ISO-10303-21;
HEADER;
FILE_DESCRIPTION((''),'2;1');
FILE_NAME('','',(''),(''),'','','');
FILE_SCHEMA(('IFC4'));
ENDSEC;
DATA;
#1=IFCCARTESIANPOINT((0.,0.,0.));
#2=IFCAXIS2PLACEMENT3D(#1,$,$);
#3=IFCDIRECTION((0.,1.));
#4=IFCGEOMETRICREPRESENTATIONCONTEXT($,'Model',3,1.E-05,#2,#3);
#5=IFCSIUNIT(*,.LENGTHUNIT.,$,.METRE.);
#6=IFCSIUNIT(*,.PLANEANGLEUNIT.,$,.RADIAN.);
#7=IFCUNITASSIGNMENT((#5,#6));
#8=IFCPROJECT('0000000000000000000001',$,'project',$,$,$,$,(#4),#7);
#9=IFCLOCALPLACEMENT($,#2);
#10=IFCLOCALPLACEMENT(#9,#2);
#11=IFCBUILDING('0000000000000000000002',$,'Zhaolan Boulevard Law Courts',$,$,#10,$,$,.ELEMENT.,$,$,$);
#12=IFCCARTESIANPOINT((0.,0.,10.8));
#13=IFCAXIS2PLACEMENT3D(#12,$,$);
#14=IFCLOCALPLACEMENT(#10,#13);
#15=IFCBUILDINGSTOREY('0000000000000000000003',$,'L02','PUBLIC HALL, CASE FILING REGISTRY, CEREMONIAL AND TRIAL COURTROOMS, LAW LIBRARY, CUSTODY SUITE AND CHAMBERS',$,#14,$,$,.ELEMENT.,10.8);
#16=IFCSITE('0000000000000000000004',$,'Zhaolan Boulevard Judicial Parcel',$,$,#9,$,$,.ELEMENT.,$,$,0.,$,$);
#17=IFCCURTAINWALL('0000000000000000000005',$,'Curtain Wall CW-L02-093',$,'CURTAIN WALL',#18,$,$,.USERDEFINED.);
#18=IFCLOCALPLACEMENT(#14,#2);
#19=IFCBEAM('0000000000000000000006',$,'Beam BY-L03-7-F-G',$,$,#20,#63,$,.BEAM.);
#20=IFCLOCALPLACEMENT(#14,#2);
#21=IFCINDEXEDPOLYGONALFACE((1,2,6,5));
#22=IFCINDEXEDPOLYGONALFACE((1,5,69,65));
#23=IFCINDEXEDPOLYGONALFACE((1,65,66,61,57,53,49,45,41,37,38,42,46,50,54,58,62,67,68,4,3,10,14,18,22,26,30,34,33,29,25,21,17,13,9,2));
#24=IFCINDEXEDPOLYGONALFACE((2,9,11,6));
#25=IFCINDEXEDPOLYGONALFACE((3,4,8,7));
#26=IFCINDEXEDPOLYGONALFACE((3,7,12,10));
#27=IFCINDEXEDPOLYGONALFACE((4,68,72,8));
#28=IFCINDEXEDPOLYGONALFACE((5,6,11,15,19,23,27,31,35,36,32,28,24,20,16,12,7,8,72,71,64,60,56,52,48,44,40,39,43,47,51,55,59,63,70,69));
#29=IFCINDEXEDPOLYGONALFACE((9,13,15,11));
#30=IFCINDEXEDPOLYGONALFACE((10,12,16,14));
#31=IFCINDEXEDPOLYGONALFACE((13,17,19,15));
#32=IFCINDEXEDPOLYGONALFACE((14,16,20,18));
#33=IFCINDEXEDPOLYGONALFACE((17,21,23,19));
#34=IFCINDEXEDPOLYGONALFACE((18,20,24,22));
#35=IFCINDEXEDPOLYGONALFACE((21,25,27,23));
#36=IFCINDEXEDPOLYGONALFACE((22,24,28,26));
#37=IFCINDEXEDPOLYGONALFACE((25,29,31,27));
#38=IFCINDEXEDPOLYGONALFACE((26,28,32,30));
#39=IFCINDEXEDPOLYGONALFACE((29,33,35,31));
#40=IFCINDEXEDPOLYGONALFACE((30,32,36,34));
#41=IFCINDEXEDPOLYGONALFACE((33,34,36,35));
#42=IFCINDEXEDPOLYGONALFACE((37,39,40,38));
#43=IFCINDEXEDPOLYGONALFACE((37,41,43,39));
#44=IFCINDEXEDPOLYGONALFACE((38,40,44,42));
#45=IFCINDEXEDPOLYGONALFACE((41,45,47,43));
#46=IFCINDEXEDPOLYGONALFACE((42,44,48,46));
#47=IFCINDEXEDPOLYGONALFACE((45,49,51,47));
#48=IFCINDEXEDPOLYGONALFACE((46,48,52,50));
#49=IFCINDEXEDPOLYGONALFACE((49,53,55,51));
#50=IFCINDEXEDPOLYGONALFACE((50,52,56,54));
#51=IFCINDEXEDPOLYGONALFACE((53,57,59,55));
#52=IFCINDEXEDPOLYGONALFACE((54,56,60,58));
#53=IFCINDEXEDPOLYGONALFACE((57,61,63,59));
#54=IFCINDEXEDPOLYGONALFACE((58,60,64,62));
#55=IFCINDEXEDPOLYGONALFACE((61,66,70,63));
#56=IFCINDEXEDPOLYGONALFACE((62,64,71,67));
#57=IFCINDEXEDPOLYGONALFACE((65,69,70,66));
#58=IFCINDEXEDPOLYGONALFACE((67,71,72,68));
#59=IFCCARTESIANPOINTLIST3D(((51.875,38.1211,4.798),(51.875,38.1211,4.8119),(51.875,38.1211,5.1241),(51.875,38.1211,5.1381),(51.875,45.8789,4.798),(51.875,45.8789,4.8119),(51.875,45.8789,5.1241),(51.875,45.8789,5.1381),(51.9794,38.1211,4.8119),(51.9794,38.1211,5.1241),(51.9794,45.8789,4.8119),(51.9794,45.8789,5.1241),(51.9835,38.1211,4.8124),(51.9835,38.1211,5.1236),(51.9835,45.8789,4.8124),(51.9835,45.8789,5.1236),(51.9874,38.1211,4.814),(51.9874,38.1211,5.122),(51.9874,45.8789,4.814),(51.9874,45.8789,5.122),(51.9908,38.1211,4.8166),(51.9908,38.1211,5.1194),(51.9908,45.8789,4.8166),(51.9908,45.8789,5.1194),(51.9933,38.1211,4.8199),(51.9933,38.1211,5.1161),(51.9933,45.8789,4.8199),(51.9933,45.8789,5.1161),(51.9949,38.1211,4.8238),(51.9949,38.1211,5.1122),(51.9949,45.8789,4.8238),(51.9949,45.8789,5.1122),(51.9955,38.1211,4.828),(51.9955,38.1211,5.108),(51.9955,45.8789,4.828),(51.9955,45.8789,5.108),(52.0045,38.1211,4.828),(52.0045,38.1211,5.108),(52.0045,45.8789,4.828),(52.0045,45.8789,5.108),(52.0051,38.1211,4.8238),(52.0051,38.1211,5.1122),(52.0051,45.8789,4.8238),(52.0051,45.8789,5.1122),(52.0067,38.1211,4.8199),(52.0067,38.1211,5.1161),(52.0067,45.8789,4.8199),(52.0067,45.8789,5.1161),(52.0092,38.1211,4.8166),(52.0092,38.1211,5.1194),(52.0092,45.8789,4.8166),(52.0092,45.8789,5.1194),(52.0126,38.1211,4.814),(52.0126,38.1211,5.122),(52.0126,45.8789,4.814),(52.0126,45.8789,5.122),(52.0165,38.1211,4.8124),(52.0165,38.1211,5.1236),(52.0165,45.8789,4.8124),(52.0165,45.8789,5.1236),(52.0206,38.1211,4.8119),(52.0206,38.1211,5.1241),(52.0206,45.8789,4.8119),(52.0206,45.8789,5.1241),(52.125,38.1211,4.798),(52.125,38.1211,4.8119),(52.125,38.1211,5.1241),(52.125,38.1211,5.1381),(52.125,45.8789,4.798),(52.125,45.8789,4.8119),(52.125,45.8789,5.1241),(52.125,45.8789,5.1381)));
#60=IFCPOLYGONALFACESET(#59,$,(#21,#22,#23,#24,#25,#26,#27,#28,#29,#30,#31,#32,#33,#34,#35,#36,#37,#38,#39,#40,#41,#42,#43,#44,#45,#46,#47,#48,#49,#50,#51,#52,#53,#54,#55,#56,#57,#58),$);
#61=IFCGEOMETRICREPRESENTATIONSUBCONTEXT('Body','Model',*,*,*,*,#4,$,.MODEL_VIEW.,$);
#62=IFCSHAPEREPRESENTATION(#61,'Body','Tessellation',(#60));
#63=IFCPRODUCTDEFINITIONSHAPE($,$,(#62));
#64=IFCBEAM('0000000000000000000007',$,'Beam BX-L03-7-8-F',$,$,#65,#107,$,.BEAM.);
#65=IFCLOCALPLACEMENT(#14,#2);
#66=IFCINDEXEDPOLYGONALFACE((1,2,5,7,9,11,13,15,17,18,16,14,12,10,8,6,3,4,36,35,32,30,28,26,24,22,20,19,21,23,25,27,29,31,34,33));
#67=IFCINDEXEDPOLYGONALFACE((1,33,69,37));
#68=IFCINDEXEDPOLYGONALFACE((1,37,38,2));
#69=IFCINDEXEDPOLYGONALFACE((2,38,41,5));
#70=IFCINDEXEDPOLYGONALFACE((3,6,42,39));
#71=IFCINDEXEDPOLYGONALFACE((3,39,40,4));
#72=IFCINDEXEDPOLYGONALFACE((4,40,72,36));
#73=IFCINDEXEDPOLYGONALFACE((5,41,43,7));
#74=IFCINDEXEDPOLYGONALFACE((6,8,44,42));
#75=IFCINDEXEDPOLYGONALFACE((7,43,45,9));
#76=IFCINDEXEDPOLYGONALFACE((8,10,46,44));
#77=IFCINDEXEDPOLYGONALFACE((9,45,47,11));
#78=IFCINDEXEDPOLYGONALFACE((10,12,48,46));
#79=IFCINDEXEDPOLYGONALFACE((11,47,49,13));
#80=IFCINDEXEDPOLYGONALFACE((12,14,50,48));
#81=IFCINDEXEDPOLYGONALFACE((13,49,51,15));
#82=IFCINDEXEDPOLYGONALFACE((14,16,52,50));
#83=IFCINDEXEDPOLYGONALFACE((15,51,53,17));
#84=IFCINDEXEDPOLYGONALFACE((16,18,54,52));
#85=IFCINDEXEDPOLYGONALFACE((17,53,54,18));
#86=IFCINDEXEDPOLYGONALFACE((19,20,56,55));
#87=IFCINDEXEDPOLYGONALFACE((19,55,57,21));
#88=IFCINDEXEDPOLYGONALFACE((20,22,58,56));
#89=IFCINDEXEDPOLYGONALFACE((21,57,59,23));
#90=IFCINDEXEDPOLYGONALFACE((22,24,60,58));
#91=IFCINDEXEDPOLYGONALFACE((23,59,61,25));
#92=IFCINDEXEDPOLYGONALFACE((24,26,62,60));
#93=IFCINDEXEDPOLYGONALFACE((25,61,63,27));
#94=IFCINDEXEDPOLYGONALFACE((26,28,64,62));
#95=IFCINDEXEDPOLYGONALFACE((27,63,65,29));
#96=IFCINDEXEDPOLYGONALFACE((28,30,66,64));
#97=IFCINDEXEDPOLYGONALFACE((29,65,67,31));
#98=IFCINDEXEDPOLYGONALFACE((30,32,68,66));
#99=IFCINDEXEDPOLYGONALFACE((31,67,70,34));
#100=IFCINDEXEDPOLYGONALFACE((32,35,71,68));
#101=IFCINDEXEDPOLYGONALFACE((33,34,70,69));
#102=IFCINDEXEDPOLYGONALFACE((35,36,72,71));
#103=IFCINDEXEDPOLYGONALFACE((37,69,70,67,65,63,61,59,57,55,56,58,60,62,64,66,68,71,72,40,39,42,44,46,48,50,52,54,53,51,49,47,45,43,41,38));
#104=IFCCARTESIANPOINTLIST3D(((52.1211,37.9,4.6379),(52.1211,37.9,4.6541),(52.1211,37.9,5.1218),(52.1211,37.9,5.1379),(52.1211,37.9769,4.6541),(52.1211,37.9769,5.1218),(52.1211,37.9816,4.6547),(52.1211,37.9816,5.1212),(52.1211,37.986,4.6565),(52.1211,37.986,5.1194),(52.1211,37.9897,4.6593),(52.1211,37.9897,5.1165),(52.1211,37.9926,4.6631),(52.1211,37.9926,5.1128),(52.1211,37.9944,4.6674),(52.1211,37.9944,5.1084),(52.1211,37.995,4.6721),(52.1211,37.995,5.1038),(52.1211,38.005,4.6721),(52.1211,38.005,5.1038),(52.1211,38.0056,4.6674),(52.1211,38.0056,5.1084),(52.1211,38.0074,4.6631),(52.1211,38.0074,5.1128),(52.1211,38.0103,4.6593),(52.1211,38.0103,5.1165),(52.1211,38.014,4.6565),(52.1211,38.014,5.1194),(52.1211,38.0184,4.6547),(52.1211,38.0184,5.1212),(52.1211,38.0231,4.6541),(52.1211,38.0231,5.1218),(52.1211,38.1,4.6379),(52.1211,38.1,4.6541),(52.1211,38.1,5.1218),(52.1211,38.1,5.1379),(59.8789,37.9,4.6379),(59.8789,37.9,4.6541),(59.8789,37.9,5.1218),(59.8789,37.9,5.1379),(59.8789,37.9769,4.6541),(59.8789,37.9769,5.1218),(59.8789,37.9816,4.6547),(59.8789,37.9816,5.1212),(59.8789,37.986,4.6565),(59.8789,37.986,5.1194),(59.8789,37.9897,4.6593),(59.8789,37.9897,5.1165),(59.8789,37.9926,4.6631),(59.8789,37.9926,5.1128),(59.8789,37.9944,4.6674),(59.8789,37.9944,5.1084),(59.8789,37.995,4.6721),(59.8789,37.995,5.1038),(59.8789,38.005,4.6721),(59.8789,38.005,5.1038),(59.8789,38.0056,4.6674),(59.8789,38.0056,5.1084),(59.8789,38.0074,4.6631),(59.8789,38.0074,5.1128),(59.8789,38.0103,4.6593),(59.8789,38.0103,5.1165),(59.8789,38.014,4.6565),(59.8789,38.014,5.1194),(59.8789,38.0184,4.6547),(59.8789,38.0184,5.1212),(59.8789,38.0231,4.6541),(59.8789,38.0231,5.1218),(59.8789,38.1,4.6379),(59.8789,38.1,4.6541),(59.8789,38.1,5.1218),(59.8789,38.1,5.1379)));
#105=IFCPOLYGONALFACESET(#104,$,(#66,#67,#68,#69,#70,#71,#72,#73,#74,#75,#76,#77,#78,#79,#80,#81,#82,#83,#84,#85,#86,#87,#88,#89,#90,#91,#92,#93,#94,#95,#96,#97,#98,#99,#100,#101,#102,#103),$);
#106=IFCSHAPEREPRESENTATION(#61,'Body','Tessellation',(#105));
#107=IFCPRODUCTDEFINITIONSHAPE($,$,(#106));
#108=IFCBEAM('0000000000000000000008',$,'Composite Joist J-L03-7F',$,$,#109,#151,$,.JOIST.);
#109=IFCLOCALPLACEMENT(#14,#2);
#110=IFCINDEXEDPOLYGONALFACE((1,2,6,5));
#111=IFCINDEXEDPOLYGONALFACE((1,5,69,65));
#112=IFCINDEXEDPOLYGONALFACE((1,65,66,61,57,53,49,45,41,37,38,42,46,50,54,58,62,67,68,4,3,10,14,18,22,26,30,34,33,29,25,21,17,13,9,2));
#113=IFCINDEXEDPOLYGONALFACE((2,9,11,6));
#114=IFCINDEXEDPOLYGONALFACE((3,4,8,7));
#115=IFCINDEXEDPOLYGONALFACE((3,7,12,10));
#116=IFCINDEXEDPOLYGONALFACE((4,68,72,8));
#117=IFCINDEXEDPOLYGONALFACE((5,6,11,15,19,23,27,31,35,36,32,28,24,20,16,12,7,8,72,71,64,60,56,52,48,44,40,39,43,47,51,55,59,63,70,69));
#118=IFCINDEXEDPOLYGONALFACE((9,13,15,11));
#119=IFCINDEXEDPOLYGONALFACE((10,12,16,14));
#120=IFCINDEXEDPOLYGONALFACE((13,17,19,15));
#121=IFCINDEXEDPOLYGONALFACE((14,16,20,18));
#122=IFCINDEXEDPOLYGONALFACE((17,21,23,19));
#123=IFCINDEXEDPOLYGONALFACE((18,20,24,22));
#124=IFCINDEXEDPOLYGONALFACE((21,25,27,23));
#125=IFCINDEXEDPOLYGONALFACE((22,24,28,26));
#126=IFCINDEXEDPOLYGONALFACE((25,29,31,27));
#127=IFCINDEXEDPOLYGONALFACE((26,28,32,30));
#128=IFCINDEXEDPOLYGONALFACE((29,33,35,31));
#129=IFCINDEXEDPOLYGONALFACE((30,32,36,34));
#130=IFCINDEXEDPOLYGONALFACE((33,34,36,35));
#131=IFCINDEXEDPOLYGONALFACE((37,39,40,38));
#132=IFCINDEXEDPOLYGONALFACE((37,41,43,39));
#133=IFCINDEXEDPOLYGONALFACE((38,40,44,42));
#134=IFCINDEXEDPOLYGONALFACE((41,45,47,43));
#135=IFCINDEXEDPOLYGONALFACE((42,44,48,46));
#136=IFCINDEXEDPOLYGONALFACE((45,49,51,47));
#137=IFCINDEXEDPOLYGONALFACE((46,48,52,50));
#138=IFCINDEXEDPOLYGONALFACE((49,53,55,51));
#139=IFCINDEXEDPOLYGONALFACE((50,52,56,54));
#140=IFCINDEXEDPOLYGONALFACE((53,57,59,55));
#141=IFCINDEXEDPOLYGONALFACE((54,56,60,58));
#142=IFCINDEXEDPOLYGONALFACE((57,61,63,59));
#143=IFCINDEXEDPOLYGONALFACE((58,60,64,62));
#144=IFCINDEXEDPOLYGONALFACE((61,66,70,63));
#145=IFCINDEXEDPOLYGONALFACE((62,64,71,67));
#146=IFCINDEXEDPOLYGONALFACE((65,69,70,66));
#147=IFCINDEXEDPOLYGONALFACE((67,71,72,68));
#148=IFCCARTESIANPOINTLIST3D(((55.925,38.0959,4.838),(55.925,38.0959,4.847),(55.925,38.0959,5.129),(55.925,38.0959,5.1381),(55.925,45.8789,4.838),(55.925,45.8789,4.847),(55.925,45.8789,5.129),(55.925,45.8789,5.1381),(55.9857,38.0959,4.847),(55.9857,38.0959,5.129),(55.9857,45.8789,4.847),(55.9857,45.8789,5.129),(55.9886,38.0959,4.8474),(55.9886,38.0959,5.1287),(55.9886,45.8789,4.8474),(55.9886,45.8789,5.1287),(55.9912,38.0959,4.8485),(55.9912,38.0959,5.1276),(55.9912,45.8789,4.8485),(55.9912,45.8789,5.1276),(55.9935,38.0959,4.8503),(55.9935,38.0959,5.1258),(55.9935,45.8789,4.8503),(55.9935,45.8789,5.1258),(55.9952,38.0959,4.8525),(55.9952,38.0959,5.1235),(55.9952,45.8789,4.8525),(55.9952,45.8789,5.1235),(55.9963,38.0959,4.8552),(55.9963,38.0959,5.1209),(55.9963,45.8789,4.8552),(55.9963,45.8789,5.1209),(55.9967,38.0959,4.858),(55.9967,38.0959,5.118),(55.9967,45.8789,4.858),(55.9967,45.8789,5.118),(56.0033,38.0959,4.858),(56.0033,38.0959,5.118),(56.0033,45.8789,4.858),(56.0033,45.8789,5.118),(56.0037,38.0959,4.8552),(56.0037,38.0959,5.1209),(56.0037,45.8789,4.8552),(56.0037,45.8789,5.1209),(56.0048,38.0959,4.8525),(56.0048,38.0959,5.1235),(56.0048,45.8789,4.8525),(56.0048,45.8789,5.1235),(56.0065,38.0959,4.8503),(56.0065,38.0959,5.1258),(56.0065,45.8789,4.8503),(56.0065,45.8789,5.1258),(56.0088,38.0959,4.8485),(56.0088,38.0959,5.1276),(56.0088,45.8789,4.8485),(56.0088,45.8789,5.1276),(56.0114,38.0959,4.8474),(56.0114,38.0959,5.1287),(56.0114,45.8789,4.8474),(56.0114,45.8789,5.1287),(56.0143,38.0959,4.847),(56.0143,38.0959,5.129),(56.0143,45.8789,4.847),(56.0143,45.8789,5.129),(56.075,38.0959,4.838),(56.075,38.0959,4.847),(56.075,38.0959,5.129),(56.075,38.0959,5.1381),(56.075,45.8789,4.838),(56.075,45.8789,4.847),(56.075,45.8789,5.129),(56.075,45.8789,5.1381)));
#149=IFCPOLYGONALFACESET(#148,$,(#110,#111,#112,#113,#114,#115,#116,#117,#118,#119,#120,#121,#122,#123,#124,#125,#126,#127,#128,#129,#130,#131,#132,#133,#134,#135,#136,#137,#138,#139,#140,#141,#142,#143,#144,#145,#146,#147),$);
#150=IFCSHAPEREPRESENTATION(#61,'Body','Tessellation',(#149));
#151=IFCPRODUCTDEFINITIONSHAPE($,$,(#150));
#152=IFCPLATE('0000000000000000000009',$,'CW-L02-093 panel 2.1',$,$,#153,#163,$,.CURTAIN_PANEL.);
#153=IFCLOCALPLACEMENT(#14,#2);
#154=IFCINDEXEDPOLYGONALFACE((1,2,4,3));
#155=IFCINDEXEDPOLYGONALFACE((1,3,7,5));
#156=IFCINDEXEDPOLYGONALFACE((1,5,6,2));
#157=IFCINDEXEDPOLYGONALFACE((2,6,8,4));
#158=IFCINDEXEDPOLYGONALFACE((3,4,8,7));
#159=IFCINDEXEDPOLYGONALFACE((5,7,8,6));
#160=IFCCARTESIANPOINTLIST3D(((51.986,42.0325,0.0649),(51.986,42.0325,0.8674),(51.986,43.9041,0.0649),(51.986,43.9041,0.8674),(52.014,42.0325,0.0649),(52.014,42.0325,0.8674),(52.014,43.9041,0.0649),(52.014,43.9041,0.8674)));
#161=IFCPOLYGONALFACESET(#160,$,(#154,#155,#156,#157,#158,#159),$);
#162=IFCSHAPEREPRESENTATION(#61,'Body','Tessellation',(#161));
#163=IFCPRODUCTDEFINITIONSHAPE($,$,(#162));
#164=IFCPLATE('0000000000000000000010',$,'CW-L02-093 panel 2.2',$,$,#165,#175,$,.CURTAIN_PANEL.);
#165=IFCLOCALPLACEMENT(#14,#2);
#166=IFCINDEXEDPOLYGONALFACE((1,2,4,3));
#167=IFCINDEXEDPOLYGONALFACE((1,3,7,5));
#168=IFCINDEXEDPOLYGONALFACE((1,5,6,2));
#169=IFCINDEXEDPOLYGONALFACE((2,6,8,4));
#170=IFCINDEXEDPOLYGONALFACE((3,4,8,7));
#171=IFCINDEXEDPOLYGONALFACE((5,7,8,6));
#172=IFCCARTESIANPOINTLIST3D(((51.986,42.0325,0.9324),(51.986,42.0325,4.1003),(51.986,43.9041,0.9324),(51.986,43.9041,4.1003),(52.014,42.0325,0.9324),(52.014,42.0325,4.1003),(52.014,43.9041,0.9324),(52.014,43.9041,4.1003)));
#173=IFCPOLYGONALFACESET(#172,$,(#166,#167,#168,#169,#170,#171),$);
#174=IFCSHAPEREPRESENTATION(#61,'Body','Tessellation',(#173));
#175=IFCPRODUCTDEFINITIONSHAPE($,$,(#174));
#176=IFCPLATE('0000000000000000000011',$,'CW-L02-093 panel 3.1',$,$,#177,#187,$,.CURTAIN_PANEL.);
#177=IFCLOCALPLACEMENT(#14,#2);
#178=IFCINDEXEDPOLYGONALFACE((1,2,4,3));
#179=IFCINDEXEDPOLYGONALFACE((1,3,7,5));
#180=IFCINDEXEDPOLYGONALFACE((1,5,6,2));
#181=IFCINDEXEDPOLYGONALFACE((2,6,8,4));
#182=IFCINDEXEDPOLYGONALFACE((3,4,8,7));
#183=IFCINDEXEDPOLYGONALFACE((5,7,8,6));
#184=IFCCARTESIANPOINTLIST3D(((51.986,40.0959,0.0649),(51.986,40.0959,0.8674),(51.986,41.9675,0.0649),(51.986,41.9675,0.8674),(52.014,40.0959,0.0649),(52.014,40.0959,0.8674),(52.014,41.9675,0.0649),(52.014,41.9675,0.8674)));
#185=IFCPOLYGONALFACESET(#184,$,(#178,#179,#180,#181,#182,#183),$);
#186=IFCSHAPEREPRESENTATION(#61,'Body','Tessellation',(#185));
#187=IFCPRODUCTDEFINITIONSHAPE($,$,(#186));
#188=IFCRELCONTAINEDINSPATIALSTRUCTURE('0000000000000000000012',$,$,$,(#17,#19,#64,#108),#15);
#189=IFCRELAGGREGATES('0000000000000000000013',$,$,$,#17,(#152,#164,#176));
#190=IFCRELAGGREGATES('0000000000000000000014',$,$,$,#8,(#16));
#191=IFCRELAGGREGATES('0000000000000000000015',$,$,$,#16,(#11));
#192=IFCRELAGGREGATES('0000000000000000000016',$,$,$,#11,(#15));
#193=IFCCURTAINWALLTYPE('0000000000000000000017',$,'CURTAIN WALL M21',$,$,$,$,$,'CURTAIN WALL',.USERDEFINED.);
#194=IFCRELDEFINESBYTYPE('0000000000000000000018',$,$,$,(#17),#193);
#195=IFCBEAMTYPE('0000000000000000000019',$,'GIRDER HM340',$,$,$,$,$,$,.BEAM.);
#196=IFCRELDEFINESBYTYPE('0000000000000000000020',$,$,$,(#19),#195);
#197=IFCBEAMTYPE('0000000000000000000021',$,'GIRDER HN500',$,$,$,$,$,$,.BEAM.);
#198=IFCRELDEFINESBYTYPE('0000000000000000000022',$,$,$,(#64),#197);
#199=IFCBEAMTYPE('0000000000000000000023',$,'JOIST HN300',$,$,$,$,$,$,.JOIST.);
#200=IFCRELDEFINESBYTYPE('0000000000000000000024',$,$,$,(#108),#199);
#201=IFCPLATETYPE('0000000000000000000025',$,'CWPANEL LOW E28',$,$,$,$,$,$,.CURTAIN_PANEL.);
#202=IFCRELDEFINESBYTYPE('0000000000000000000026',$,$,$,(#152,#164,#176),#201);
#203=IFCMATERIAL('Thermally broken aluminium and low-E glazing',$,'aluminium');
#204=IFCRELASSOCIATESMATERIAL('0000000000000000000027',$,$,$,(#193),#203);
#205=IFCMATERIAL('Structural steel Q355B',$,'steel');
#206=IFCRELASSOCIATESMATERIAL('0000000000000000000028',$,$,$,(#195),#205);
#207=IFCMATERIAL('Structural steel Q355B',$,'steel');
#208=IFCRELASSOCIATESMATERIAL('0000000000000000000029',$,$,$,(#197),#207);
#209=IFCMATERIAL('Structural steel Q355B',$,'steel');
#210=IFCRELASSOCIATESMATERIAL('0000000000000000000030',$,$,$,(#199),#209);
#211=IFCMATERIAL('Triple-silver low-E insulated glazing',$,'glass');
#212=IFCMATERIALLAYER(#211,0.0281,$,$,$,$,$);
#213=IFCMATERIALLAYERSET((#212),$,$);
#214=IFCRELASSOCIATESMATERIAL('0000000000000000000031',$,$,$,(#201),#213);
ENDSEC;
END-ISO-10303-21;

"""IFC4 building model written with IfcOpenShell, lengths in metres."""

from ifc_helpers import new_model, si_unit, direction, frame, origin, origin_2d, place, context, subcontext, project, spatial, rectangle, i_section, extrude, material, layer, layer_set, material_profile, profile_set, type_object, element, aggregate, save


model = new_model("IFC4")

# Units and contexts
model_context = context("Model", 3, precision=1e-05, world=origin(), true_north=direction((0.0, 1.0)))
body_context = subcontext(model_context, "Body", "Model", "MODEL_VIEW")
ifc_project = project(units=[si_unit("LENGTHUNIT", "METRE"), si_unit("PLANEANGLEUNIT", "RADIAN")], contexts=[model_context])

# Site, building, storey
site_placement = place(None, origin())
site = spatial("IfcSite", under=ifc_project, at=site_placement, Name="Zhaolan Boulevard Judicial Parcel", CompositionType="ELEMENT", RefElevation=0.0)
building_placement = place(site_placement, origin())
building = spatial("IfcBuilding", under=site, at=building_placement, Name="Zhaolan Boulevard Law Courts", CompositionType="ELEMENT")
storey_placement = place(building_placement, frame((0.0, 0.0, 10.8)))
storey = spatial("IfcBuildingStorey", under=building, at=storey_placement, Name="L02", Description="PUBLIC HALL, CASE FILING REGISTRY, CEREMONIAL AND TRIAL COURTROOMS, LAW LIBRARY, CUSTODY SUITE AND CHAMBERS", CompositionType="ELEMENT", Elevation=10.8)

# Curtain wall
ifc_material_1 = material(Name="Thermally broken aluminium and low-E glazing", Category="aluminium")
curtain_wall_type_1 = type_object("IfcCurtainWallType", Name="CURTAIN WALL M21", ElementType="CURTAIN WALL", PredefinedType="USERDEFINED", material=ifc_material_1)
curtain_wall_1_placement = place(storey_placement, origin())
curtain_wall_1 = element("IfcCurtainWall", 1, at=curtain_wall_1_placement, inside=storey, type_object=curtain_wall_type_1, Name="Curtain Wall CW-L02-093", ObjectType="CURTAIN WALL", PredefinedType="USERDEFINED")

# Beams
ifc_material_2 = material(Name="Structural steel Q355B", Category="steel")
ifc_material_profile_1 = material_profile(ifc_material_2, i_section(OverallWidth=0.25, OverallDepth=0.3401, WebThickness=0.009, FlangeThickness=0.0139, FilletRadius=0.0161, at=origin_2d()), Name="HM340x250")
ifc_profile_set_1 = profile_set([ifc_material_profile_1], Name="Structural steel Q355B")
beam_type_1 = type_object("IfcBeamType", Name="GIRDER HM340", PredefinedType="BEAM", material=ifc_profile_set_1)
beam_1_placement = place(storey_placement, frame((52.0, 38.1211, 4.968), z_axis=(0.0, 1.0, 0.0), x_axis=(-1.0, 0.0, 0.0)))
element("IfcBeam", 2, at=beam_1_placement, inside=storey, type_object=beam_type_1, Name="Beam BY-L03-7-F-G", PredefinedType="BEAM", context=body_context, shape_type="SweptSolid", body=[
    extrude(i_section(OverallWidth=0.25, OverallDepth=0.3401, WebThickness=0.009, FlangeThickness=0.0139, FilletRadius=0.0161, at=origin_2d()), origin(), (0.0, 0.0, 1.0), 7.7578),
])
ifc_material_3 = material(Name="Structural steel Q355B", Category="steel")
ifc_material_profile_2 = material_profile(ifc_material_3, i_section(OverallWidth=0.2, OverallDepth=0.5, WebThickness=0.01, FlangeThickness=0.0161, FilletRadius=0.0181, at=origin_2d()), Name="HN500x200")
ifc_profile_set_2 = profile_set([ifc_material_profile_2], Name="Structural steel Q355B")
beam_type_2 = type_object("IfcBeamType", Name="GIRDER HN500", PredefinedType="BEAM", material=ifc_profile_set_2)
beam_2_placement = place(storey_placement, frame((52.1211, 38.0, 4.8879), z_axis=(1.0, 0.0, 0.0), x_axis=(0.0, 1.0, 0.0)))
element("IfcBeam", 3, at=beam_2_placement, inside=storey, type_object=beam_type_2, Name="Beam BX-L03-7-8-F", PredefinedType="BEAM", context=body_context, shape_type="SweptSolid", body=[
    extrude(i_section(OverallWidth=0.2, OverallDepth=0.5, WebThickness=0.01, FlangeThickness=0.0161, FilletRadius=0.0181, at=origin_2d()), origin(), (0.0, 0.0, 1.0), 7.7578),
])
ifc_material_4 = material(Name="Structural steel Q355B", Category="steel")
ifc_material_profile_3 = material_profile(ifc_material_4, i_section(OverallWidth=0.1499, OverallDepth=0.3, WebThickness=0.0066, FlangeThickness=0.009, FilletRadius=0.011, at=origin_2d()), Name="HN300x150")
ifc_profile_set_3 = profile_set([ifc_material_profile_3], Name="Structural steel Q355B")
beam_type_3 = type_object("IfcBeamType", Name="JOIST HN300", PredefinedType="JOIST", material=ifc_profile_set_3)
beam_3_placement = place(storey_placement, frame((56.0, 38.0959, 4.988), z_axis=(0.0, 1.0, 0.0), x_axis=(-1.0, 0.0, 0.0)))
element("IfcBeam", 4, at=beam_3_placement, inside=storey, type_object=beam_type_3, Name="Composite Joist J-L03-7F", PredefinedType="JOIST", context=body_context, shape_type="SweptSolid", body=[
    extrude(i_section(OverallWidth=0.1499, OverallDepth=0.3, WebThickness=0.0066, FlangeThickness=0.009, FilletRadius=0.011, at=origin_2d()), origin(), (0.0, 0.0, 1.0), 7.783),
])

# Plates
ifc_material_5 = material(Name="Triple-silver low-E insulated glazing", Category="glass")
ifc_layer = layer(ifc_material_5, 0.0281)
ifc_layer_set = layer_set([ifc_layer])
plate_type = type_object("IfcPlateType", Name="CWPANEL LOW E28", PredefinedType="CURTAIN_PANEL", material=ifc_layer_set)
plate_1_placement = place(storey_placement, frame((52.0, 42.9683, 0.0649), z_axis=(0.0, 0.0, 1.0), x_axis=(0.0, -1.0, 0.0)))
plate_1 = element("IfcPlate", 5, at=plate_1_placement, type_object=plate_type, Name="CW-L02-093 panel 2.1", PredefinedType="CURTAIN_PANEL", context=body_context, shape_type="SweptSolid", body=[
    extrude(rectangle(XDim=1.8716, YDim=0.0281, at=origin_2d()), origin(), (0.0, 0.0, 1.0), 0.8025),
])
plate_2_placement = place(storey_placement, frame((52.0, 42.9683, 0.9324), z_axis=(0.0, 0.0, 1.0), x_axis=(0.0, -1.0, 0.0)))
plate_2 = element("IfcPlate", 6, at=plate_2_placement, type_object=plate_type, Name="CW-L02-093 panel 2.2", PredefinedType="CURTAIN_PANEL", context=body_context, shape_type="SweptSolid", body=[
    extrude(rectangle(XDim=1.8716, YDim=0.0281, at=origin_2d()), origin(), (0.0, 0.0, 1.0), 3.168),
])
plate_3_placement = place(storey_placement, frame((52.0, 41.0317, 0.0649), z_axis=(0.0, 0.0, 1.0), x_axis=(0.0, -1.0, 0.0)))
plate_3 = element("IfcPlate", 7, at=plate_3_placement, type_object=plate_type, Name="CW-L02-093 panel 3.1", PredefinedType="CURTAIN_PANEL", context=body_context, shape_type="SweptSolid", body=[
    extrude(rectangle(XDim=1.8716, YDim=0.0281, at=origin_2d()), origin(), (0.0, 0.0, 1.0), 0.8025),
])
aggregate(curtain_wall_1, [plate_1, plate_2, plate_3])

save(model, "model.ifc")
